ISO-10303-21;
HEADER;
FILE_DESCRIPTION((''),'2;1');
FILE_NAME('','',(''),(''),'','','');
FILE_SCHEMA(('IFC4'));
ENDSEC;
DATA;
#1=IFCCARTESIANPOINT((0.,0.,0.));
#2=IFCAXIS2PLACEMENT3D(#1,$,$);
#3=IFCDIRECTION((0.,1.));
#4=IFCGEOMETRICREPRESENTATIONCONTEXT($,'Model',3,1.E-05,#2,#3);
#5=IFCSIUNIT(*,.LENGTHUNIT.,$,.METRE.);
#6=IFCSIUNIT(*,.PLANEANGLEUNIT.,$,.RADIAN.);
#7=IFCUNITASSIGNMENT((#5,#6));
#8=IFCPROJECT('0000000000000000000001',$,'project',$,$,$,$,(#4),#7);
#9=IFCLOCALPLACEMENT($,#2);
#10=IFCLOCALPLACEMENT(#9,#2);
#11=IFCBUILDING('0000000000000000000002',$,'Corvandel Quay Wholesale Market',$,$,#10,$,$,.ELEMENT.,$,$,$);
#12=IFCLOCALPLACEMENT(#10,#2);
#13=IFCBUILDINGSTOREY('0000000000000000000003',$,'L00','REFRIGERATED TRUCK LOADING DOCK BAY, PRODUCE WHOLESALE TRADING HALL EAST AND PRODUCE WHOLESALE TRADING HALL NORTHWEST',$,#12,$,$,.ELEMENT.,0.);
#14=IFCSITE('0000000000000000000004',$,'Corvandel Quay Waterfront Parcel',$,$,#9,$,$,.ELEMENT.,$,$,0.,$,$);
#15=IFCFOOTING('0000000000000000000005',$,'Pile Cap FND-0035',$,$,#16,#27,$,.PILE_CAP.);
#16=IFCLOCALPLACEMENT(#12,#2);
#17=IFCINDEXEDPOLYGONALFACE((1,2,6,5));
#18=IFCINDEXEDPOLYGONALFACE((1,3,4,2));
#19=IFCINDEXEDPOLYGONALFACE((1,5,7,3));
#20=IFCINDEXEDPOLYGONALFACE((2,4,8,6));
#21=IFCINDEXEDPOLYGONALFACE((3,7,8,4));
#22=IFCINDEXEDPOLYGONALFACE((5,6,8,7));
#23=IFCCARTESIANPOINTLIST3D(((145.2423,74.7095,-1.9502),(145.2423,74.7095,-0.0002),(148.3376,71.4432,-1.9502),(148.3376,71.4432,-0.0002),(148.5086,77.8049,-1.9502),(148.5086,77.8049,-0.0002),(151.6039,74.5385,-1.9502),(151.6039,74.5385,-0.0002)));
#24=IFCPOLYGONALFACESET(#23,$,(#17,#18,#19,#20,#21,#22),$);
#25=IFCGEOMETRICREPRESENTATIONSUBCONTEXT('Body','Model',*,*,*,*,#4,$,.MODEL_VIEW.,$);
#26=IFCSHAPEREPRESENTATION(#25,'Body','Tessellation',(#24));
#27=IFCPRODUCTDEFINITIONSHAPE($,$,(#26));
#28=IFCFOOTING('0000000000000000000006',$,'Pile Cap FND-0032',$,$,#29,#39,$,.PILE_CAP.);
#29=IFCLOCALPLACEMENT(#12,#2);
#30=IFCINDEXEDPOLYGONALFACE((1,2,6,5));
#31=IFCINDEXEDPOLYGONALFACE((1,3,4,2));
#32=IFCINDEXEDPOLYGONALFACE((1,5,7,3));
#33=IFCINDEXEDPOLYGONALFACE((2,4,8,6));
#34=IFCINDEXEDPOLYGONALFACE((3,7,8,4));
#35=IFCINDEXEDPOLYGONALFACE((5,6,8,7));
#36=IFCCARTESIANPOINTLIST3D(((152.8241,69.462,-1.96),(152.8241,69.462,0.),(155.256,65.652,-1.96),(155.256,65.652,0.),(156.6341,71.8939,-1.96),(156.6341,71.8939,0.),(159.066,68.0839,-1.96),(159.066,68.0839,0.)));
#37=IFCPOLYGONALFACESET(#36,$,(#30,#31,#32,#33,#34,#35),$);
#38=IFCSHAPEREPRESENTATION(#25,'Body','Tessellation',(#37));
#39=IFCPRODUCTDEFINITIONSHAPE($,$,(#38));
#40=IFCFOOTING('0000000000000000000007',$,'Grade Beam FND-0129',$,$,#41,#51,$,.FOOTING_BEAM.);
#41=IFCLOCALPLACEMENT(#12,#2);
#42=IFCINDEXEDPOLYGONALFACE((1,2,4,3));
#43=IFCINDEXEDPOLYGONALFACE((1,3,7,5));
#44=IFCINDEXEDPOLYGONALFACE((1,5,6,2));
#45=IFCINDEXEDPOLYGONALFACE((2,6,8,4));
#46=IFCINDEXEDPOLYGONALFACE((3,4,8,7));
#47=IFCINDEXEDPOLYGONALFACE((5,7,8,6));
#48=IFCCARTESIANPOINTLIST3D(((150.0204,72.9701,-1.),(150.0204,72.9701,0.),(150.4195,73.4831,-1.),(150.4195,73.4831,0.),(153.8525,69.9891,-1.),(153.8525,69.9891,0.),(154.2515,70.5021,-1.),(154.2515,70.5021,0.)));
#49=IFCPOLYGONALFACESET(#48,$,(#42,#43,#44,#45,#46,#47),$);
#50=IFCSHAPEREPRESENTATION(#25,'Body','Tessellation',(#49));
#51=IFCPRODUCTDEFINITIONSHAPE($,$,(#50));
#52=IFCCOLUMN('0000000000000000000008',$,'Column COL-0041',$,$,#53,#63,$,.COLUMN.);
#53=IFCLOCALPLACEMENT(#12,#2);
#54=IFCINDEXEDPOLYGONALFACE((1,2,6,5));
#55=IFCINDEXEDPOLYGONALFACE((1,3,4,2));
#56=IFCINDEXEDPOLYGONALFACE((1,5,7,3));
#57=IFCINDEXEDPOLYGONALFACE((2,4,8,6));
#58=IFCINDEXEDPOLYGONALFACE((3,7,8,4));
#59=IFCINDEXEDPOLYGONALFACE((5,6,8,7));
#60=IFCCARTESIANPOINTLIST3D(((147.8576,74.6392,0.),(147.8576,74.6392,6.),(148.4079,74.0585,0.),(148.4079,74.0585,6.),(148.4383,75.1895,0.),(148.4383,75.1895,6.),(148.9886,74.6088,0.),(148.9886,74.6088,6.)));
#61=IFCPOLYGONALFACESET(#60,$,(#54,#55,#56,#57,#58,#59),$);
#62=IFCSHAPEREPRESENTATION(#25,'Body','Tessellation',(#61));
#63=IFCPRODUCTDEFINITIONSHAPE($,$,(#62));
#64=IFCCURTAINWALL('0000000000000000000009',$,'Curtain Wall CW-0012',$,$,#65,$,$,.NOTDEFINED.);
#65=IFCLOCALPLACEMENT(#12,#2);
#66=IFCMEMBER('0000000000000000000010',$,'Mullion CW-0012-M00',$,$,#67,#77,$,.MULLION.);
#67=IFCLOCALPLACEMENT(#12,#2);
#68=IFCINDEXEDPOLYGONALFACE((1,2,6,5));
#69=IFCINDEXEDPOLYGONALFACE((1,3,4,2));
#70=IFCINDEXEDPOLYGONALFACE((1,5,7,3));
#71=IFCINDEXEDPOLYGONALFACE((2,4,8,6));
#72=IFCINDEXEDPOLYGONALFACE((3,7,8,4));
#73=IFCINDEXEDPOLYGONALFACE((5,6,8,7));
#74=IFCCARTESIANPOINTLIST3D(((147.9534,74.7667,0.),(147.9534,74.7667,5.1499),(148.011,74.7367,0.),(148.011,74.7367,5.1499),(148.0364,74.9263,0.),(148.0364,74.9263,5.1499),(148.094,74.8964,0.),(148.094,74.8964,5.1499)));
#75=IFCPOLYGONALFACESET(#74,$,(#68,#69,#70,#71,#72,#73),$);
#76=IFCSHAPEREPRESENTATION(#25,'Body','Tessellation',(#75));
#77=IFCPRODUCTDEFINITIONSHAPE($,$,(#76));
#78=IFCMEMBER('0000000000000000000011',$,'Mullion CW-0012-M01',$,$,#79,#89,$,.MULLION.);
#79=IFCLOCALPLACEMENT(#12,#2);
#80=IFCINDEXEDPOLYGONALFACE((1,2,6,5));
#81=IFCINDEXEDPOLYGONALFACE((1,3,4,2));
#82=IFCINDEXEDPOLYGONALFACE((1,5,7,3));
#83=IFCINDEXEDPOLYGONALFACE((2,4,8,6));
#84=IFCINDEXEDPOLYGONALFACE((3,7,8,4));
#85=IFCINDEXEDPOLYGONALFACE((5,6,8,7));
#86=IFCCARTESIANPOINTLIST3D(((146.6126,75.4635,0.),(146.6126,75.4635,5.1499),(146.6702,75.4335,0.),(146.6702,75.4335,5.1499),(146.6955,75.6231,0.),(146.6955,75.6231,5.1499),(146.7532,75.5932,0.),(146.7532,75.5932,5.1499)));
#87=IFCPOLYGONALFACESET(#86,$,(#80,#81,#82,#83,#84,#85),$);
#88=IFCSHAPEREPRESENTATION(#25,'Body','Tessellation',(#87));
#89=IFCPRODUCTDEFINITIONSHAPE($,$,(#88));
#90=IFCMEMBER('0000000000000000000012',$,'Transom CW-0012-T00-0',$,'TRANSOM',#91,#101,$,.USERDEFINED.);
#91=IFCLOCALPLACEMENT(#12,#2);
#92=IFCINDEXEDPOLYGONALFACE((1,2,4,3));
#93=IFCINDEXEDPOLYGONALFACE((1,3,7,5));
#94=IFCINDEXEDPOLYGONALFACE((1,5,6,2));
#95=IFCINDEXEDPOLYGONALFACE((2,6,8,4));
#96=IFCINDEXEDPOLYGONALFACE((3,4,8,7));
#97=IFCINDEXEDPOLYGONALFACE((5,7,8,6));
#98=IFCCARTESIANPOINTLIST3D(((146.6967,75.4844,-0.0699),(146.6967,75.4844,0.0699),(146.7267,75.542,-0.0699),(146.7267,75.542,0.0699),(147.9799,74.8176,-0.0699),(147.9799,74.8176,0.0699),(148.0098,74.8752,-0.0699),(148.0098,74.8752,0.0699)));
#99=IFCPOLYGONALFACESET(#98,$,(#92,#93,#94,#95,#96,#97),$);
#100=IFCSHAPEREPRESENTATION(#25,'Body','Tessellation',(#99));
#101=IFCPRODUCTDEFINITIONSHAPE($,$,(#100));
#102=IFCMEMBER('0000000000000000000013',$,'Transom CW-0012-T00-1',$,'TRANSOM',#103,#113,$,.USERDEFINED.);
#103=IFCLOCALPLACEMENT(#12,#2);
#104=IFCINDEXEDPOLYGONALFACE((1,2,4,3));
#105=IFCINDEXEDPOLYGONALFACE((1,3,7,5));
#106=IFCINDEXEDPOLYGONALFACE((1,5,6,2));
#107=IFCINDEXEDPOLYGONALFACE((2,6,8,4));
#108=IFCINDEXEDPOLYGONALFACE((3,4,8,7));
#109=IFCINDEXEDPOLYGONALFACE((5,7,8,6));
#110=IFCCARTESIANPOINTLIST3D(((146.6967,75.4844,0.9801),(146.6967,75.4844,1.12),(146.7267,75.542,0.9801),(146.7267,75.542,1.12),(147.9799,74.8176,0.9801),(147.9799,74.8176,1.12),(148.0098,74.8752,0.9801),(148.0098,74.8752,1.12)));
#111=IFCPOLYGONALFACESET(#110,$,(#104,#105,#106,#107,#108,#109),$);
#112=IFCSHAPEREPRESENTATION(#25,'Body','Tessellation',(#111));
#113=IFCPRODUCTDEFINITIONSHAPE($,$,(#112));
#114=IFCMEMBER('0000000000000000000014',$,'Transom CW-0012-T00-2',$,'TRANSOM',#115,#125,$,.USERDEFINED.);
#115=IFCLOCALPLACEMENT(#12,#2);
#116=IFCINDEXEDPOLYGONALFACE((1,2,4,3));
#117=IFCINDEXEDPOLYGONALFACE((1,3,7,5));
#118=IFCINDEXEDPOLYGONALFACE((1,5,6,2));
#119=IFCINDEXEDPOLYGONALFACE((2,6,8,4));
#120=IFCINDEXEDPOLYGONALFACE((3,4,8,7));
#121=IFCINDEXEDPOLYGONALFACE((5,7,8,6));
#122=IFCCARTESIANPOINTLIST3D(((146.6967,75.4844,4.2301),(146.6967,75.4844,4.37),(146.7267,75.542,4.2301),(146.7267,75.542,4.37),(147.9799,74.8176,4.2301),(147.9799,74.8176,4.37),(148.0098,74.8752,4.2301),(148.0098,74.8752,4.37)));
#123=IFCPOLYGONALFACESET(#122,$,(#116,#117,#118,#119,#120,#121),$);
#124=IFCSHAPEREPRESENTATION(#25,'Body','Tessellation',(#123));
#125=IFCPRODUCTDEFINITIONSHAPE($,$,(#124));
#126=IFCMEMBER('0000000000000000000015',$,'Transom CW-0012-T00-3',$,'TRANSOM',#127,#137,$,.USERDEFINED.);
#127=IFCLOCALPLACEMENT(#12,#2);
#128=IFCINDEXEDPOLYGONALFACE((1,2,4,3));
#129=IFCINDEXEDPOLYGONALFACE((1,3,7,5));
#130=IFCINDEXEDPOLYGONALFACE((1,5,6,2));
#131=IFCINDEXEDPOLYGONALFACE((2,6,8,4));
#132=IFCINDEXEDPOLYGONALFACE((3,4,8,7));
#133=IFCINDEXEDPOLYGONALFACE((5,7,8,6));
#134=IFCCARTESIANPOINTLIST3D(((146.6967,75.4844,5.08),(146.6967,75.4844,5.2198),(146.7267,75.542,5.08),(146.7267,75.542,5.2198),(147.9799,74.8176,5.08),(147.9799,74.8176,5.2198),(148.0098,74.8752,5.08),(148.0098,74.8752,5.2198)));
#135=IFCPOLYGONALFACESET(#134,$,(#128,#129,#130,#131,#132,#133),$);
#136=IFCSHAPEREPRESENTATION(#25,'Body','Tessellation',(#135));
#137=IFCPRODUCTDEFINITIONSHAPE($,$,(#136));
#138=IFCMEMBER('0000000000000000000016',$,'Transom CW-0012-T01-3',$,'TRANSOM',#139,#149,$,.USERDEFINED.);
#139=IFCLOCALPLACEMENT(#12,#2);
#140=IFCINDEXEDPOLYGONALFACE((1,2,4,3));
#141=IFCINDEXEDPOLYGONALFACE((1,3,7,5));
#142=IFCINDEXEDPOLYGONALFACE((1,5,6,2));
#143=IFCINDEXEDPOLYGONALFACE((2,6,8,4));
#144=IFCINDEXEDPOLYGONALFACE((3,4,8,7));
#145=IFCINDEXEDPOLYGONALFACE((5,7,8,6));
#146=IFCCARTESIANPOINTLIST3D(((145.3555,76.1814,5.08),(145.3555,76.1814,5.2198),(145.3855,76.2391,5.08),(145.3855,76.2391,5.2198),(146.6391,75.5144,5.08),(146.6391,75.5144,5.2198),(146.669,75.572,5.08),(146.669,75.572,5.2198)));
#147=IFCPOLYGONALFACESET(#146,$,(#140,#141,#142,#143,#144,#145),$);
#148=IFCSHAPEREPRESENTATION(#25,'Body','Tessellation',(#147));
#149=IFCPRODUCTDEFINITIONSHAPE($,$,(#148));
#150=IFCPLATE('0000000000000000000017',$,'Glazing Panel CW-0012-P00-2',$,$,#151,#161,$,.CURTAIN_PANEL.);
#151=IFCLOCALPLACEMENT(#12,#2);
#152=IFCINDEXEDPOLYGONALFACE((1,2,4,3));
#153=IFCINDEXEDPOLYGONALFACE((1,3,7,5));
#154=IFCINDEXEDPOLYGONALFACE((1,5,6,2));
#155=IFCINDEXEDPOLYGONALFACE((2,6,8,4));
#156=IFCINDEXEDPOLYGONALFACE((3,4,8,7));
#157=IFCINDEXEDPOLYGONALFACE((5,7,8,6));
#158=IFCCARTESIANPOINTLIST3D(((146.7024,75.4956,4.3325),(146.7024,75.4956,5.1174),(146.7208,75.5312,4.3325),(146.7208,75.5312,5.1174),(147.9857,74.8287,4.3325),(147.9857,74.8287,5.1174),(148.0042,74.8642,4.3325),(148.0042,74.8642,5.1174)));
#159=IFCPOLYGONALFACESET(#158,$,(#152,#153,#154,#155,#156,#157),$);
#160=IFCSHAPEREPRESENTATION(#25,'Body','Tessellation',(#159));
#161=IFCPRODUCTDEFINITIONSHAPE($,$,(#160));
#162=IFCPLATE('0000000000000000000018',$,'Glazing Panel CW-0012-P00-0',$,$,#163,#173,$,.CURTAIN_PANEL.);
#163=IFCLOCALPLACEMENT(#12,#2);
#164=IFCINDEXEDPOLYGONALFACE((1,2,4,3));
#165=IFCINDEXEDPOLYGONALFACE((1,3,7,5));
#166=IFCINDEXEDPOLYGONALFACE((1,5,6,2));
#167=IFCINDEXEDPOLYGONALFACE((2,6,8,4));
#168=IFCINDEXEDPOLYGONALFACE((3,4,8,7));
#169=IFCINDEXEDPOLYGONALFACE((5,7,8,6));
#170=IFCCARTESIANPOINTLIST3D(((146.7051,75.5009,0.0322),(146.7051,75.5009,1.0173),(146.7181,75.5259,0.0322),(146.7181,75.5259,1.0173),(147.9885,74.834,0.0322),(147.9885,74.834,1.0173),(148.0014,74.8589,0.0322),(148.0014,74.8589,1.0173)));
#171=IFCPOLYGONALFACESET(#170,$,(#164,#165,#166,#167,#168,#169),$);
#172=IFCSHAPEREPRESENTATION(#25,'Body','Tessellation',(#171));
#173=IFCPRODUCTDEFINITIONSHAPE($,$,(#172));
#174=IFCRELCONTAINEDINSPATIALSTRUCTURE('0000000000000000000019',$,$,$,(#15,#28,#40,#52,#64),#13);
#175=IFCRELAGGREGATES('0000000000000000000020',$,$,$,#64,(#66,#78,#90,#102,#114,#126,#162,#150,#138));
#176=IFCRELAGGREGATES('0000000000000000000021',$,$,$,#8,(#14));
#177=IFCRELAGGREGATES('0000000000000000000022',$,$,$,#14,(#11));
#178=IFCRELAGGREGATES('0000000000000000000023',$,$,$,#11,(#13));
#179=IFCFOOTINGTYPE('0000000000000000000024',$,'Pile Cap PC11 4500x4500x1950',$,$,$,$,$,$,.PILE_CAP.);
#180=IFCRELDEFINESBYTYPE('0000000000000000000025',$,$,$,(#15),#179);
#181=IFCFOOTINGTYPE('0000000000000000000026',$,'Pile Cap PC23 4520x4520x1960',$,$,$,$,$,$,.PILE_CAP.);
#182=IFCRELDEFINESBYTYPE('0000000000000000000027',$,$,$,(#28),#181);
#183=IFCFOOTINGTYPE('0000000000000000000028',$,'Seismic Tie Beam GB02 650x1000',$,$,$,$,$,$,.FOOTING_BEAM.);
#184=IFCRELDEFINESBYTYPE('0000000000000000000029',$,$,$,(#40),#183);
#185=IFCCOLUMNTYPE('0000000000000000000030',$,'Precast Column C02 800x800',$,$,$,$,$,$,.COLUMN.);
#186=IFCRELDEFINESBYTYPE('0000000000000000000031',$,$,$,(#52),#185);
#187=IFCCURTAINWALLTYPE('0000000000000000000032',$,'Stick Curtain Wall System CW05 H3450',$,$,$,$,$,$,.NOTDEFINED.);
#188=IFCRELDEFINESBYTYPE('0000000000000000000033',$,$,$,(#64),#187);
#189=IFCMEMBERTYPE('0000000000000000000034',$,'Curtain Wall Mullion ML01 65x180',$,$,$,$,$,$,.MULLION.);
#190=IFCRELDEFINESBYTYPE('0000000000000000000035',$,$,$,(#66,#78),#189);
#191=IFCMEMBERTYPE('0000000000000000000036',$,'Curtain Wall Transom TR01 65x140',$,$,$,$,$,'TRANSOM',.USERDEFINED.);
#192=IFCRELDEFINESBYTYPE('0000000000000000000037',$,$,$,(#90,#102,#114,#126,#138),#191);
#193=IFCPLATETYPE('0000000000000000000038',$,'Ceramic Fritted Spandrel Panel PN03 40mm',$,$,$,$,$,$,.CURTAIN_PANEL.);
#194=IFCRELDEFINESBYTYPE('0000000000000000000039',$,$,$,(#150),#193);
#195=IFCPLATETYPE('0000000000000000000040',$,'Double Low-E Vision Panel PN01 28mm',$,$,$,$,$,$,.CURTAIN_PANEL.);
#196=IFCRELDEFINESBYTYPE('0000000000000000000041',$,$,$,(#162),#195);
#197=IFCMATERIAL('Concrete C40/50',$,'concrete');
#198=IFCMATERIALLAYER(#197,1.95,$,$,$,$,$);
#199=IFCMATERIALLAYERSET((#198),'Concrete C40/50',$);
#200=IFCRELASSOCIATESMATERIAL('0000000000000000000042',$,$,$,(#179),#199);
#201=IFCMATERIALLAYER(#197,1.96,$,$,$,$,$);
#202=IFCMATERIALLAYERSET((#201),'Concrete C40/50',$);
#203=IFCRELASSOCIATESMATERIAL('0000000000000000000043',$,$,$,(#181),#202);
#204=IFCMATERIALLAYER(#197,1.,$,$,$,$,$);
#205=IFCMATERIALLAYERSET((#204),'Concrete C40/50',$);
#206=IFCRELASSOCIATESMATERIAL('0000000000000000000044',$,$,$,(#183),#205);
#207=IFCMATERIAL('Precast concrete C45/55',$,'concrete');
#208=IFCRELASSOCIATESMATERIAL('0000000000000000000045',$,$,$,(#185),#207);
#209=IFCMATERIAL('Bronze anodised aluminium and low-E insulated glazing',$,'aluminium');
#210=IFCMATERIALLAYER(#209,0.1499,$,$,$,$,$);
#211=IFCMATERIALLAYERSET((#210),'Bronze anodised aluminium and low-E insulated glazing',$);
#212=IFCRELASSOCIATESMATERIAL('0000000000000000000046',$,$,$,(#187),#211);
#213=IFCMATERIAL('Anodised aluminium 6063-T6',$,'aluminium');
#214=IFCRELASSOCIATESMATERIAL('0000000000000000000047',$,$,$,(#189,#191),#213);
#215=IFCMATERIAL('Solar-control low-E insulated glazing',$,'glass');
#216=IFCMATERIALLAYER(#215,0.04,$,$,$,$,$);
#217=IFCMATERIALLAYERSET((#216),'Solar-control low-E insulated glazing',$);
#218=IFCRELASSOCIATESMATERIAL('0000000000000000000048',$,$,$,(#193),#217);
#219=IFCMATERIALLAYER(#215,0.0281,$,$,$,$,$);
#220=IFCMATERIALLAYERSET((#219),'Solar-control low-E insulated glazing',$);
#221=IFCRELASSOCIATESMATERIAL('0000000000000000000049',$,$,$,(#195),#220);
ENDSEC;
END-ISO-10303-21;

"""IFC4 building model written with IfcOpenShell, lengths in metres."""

from ifc_helpers import new_model, si_unit, direction, frame, origin, origin_2d, place, context, subcontext, project, spatial, rectangle, extrude, material, layer, layer_set, material_profile, profile_set, type_object, element, aggregate, save


model = new_model("IFC4")

# Units and contexts
model_context = context("Model", 3, precision=1e-05, world=origin(), true_north=direction((0.0, 1.0)))
body_context = subcontext(model_context, "Body", "Model", "MODEL_VIEW")
ifc_project = project(units=[si_unit("LENGTHUNIT", "METRE"), si_unit("PLANEANGLEUNIT", "RADIAN")], contexts=[model_context])

# Site, building, storey
site_placement = place(None, origin())
site = spatial("IfcSite", under=ifc_project, at=site_placement, Name="Corvandel Quay Waterfront Parcel", CompositionType="ELEMENT", RefElevation=0.0)
building_placement = place(site_placement, origin())
building = spatial("IfcBuilding", under=site, at=building_placement, Name="Corvandel Quay Wholesale Market", CompositionType="ELEMENT")
storey_placement = place(building_placement, origin())
storey = spatial("IfcBuildingStorey", under=building, at=storey_placement, Name="L00", Description="REFRIGERATED TRUCK LOADING DOCK BAY, PRODUCE WHOLESALE TRADING HALL EAST AND PRODUCE WHOLESALE TRADING HALL NORTHWEST", CompositionType="ELEMENT", Elevation=0.0)

# Shared definitions
ifc_material_1 = material(Name="Concrete C40/50", Category="concrete")

# Footings
ifc_layer_1 = layer(ifc_material_1, 1.95)
ifc_layer_set_1 = layer_set([ifc_layer_1], Name="Concrete C40/50")
footing_type_1 = type_object("IfcFootingType", Name="Pile Cap PC11 4500x4500x1950", PredefinedType="PILE_CAP", material=ifc_layer_set_1)
footing_1_placement = place(storey_placement, frame((148.4231, 74.624, -1.9502), z_axis=(0.0, 0.0, 1.0), x_axis=(-0.687848, 0.725855, 0.0)))
element("IfcFooting", 1, at=footing_1_placement, inside=storey, type_object=footing_type_1, Name="Pile Cap FND-0035", PredefinedType="PILE_CAP", context=body_context, shape_type="SweptSolid", body=[
    extrude(rectangle(XDim=4.5, YDim=4.5, at=origin_2d()), origin(), (0.0, 0.0, 1.0), 1.95),
])
ifc_layer_2 = layer(ifc_material_1, 1.96)
ifc_layer_set_2 = layer_set([ifc_layer_2], Name="Concrete C40/50")
footing_type_2 = type_object("IfcFootingType", Name="Pile Cap PC23 4520x4520x1960", PredefinedType="PILE_CAP", material=ifc_layer_set_2)
footing_2_placement = place(storey_placement, frame((155.9451, 68.7729, -1.96), z_axis=(0.0, 0.0, 1.0), x_axis=(-0.538035, 0.842922, 0.0)))
element("IfcFooting", 2, at=footing_2_placement, inside=storey, type_object=footing_type_2, Name="Pile Cap FND-0032", PredefinedType="PILE_CAP", context=body_context, shape_type="SweptSolid", body=[
    extrude(rectangle(XDim=4.52, YDim=4.52, at=origin_2d()), origin(), (0.0, 0.0, 1.0), 1.96),
])
ifc_layer_3 = layer(ifc_material_1, 1.0)
ifc_layer_set_3 = layer_set([ifc_layer_3], Name="Concrete C40/50")
footing_type_3 = type_object("IfcFootingType", Name="Seismic Tie Beam GB02 650x1000", PredefinedType="FOOTING_BEAM", material=ifc_layer_set_3)
footing_3_placement = place(storey_placement, frame((152.136, 71.7361, -1.0), z_axis=(0.0, 0.0, 1.0), x_axis=(-0.789298, 0.61401, 0.0)))
element("IfcFooting", 3, at=footing_3_placement, inside=storey, type_object=footing_type_3, Name="Grade Beam FND-0129", PredefinedType="FOOTING_BEAM", context=body_context, shape_type="SweptSolid", body=[
    extrude(rectangle(XDim=4.855, YDim=0.6499, at=origin_2d()), origin(), (0.0, 0.0, 1.0), 1.0),
])

# Column
ifc_material_2 = material(Name="Precast concrete C45/55", Category="concrete")
ifc_material_profile_1 = material_profile(ifc_material_2, rectangle(XDim=0.8, YDim=0.8, at=origin_2d()), Name="PC-COL-800x800")
ifc_profile_set_1 = profile_set([ifc_material_profile_1], Name="Precast concrete C45/55")
column_type = type_object("IfcColumnType", Name="Precast Column C02 800x800", PredefinedType="COLUMN", material=ifc_profile_set_1)
column_placement = place(storey_placement, frame((148.4231, 74.624, 0.0), z_axis=(0.0, 0.0, 1.0), x_axis=(-0.687848, 0.725855, 0.0)))
element("IfcColumn", 4, at=column_placement, inside=storey, type_object=column_type, Name="Column COL-0041", PredefinedType="COLUMN", context=body_context, shape_type="SweptSolid", body=[
    extrude(rectangle(XDim=0.8, YDim=0.8, at=origin_2d()), origin(), (0.0, 0.0, 1.0), 6.0),
])

# Curtain wall, members, plates
ifc_material_3 = material(Name="Bronze anodised aluminium and low-E insulated glazing", Category="aluminium")
ifc_layer_4 = layer(ifc_material_3, 0.1499)
ifc_layer_set_4 = layer_set([ifc_layer_4], Name="Bronze anodised aluminium and low-E insulated glazing")
curtain_wall_type = type_object("IfcCurtainWallType", Name="Stick Curtain Wall System CW05 H3450", PredefinedType="NOTDEFINED", material=ifc_layer_set_4)
curtain_wall_placement = place(storey_placement, origin())
curtain_wall = element("IfcCurtainWall", 5, at=curtain_wall_placement, inside=storey, type_object=curtain_wall_type, Name="Curtain Wall CW-0012", PredefinedType="NOTDEFINED")
ifc_material_4 = material(Name="Anodised aluminium 6063-T6", Category="aluminium")
ifc_material_profile_2 = material_profile(ifc_material_4, rectangle(XDim=0.0649, YDim=0.1799, at=origin_2d()), Name="ALU-MUL-65x180")
ifc_profile_set_2 = profile_set([ifc_material_profile_2], Name="Anodised aluminium 6063-T6")
member_type_1 = type_object("IfcMemberType", Name="Curtain Wall Mullion ML01 65x180", PredefinedType="MULLION", material=ifc_profile_set_2)
member_1_placement = place(storey_placement, frame((148.0237, 74.8315, 0.0), z_axis=(0.0, 0.0, 1.0), x_axis=(-0.887333, 0.461129, 0.0)))
member_1 = element("IfcMember", 6, at=member_1_placement, type_object=member_type_1, Name="Mullion CW-0012-M00", PredefinedType="MULLION", context=body_context, shape_type="SweptSolid", body=[
    extrude(rectangle(XDim=0.0649, YDim=0.1799, at=origin_2d()), origin(), (0.0, 0.0, 1.0), 5.1499),
])
member_2_placement = place(storey_placement, frame((146.6829, 75.5283, 0.0), z_axis=(0.0, 0.0, 1.0), x_axis=(-0.887333, 0.461129, 0.0)))
member_2 = element("IfcMember", 7, at=member_2_placement, type_object=member_type_1, Name="Mullion CW-0012-M01", PredefinedType="MULLION", context=body_context, shape_type="SweptSolid", body=[
    extrude(rectangle(XDim=0.0649, YDim=0.1799, at=origin_2d()), origin(), (0.0, 0.0, 1.0), 5.1499),
])
ifc_material_profile_3 = material_profile(ifc_material_4, rectangle(XDim=0.0649, YDim=0.1399, at=origin_2d()), Name="ALU-TRN-65x140")
ifc_profile_set_3 = profile_set([ifc_material_profile_3], Name="Anodised aluminium 6063-T6")
member_type_2 = type_object("IfcMemberType", Name="Curtain Wall Transom TR01 65x140", ElementType="TRANSOM", PredefinedType="USERDEFINED", material=ifc_profile_set_3)
member_3_placement = place(storey_placement, frame((147.9949, 74.8464, 0.0), z_axis=(-0.887363, 0.461071, 0.0), x_axis=(-0.461071, -0.887363, 0.0)))
member_3 = element("IfcMember", 8, at=member_3_placement, type_object=member_type_2, Name="Transom CW-0012-T00-0", ObjectType="TRANSOM", PredefinedType="USERDEFINED", context=body_context, shape_type="SweptSolid", body=[
    extrude(rectangle(XDim=0.0649, YDim=0.1399, at=origin_2d()), origin(), (0.0, 0.0, 1.0), 1.446),
])
member_4_placement = place(storey_placement, frame((147.9949, 74.8464, 1.05), z_axis=(-0.887363, 0.461071, 0.0), x_axis=(-0.461071, -0.887363, 0.0)))
member_4 = element("IfcMember", 9, at=member_4_placement, type_object=member_type_2, Name="Transom CW-0012-T00-1", ObjectType="TRANSOM", PredefinedType="USERDEFINED", context=body_context, shape_type="SweptSolid", body=[
    extrude(rectangle(XDim=0.0649, YDim=0.1399, at=origin_2d()), origin(), (0.0, 0.0, 1.0), 1.446),
])
member_5_placement = place(storey_placement, frame((147.9949, 74.8464, 4.3), z_axis=(-0.887363, 0.461071, 0.0), x_axis=(-0.461071, -0.887363, 0.0)))
member_5 = element("IfcMember", 10, at=member_5_placement, type_object=member_type_2, Name="Transom CW-0012-T00-2", ObjectType="TRANSOM", PredefinedType="USERDEFINED", context=body_context, shape_type="SweptSolid", body=[
    extrude(rectangle(XDim=0.0649, YDim=0.1399, at=origin_2d()), origin(), (0.0, 0.0, 1.0), 1.446),
])
member_6_placement = place(storey_placement, frame((147.9949, 74.8464, 5.1499), z_axis=(-0.887363, 0.461071, 0.0), x_axis=(-0.461071, -0.887363, 0.0)))
member_6 = element("IfcMember", 11, at=member_6_placement, type_object=member_type_2, Name="Transom CW-0012-T00-3", ObjectType="TRANSOM", PredefinedType="USERDEFINED", context=body_context, shape_type="SweptSolid", body=[
    extrude(rectangle(XDim=0.0649, YDim=0.1399, at=origin_2d()), origin(), (0.0, 0.0, 1.0), 1.446),
])
member_7_placement = place(storey_placement, frame((146.6541, 75.5432, 5.1499), z_axis=(-0.88733, 0.461135, 0.0), x_axis=(-0.461135, -0.88733, 0.0)))
member_7 = element("IfcMember", 12, at=member_7_placement, type_object=member_type_2, Name="Transom CW-0012-T01-3", ObjectType="TRANSOM", PredefinedType="USERDEFINED", context=body_context, shape_type="SweptSolid", body=[
    extrude(rectangle(XDim=0.0649, YDim=0.1399, at=origin_2d()), origin(), (0.0, 0.0, 1.0), 1.4465),
])
ifc_material_5 = material(Name="Solar-control low-E insulated glazing", Category="glass")
ifc_layer_5 = layer(ifc_material_5, 0.04)
ifc_layer_set_5 = layer_set([ifc_layer_5], Name="Solar-control low-E insulated glazing")
plate_type_1 = type_object("IfcPlateType", Name="Ceramic Fritted Spandrel Panel PN03 40mm", PredefinedType="CURTAIN_PANEL", material=ifc_layer_set_5)
plate_1_placement = place(storey_placement, frame((147.3533, 75.1799, 4.3325), z_axis=(0.0, 0.0, 1.0), x_axis=(-0.887333, 0.461129, 0.0)))
plate_1 = element("IfcPlate", 13, at=plate_1_placement, type_object=plate_type_1, Name="Glazing Panel CW-0012-P00-2", PredefinedType="CURTAIN_PANEL", context=body_context, shape_type="SweptSolid", body=[
    extrude(rectangle(XDim=1.4463, YDim=0.04, at=origin_2d()), origin(), (0.0, 0.0, 1.0), 0.7849),
])
ifc_layer_6 = layer(ifc_material_5, 0.0281)
ifc_layer_set_6 = layer_set([ifc_layer_6], Name="Solar-control low-E insulated glazing")
plate_type_2 = type_object("IfcPlateType", Name="Double Low-E Vision Panel PN01 28mm", PredefinedType="CURTAIN_PANEL", material=ifc_layer_set_6)
plate_2_placement = place(storey_placement, frame((147.3533, 75.1799, 0.0322), z_axis=(0.0, 0.0, 1.0), x_axis=(-0.887333, 0.461129, 0.0)))
plate_2 = element("IfcPlate", 14, at=plate_2_placement, type_object=plate_type_2, Name="Glazing Panel CW-0012-P00-0", PredefinedType="CURTAIN_PANEL", context=body_context, shape_type="SweptSolid", body=[
    extrude(rectangle(XDim=1.4463, YDim=0.0281, at=origin_2d()), origin(), (0.0, 0.0, 1.0), 0.9851),
])
aggregate(curtain_wall, [member_1, member_2, member_3, member_4, member_5, member_6, plate_2, plate_1, member_7])

save(model, "model.ifc")
